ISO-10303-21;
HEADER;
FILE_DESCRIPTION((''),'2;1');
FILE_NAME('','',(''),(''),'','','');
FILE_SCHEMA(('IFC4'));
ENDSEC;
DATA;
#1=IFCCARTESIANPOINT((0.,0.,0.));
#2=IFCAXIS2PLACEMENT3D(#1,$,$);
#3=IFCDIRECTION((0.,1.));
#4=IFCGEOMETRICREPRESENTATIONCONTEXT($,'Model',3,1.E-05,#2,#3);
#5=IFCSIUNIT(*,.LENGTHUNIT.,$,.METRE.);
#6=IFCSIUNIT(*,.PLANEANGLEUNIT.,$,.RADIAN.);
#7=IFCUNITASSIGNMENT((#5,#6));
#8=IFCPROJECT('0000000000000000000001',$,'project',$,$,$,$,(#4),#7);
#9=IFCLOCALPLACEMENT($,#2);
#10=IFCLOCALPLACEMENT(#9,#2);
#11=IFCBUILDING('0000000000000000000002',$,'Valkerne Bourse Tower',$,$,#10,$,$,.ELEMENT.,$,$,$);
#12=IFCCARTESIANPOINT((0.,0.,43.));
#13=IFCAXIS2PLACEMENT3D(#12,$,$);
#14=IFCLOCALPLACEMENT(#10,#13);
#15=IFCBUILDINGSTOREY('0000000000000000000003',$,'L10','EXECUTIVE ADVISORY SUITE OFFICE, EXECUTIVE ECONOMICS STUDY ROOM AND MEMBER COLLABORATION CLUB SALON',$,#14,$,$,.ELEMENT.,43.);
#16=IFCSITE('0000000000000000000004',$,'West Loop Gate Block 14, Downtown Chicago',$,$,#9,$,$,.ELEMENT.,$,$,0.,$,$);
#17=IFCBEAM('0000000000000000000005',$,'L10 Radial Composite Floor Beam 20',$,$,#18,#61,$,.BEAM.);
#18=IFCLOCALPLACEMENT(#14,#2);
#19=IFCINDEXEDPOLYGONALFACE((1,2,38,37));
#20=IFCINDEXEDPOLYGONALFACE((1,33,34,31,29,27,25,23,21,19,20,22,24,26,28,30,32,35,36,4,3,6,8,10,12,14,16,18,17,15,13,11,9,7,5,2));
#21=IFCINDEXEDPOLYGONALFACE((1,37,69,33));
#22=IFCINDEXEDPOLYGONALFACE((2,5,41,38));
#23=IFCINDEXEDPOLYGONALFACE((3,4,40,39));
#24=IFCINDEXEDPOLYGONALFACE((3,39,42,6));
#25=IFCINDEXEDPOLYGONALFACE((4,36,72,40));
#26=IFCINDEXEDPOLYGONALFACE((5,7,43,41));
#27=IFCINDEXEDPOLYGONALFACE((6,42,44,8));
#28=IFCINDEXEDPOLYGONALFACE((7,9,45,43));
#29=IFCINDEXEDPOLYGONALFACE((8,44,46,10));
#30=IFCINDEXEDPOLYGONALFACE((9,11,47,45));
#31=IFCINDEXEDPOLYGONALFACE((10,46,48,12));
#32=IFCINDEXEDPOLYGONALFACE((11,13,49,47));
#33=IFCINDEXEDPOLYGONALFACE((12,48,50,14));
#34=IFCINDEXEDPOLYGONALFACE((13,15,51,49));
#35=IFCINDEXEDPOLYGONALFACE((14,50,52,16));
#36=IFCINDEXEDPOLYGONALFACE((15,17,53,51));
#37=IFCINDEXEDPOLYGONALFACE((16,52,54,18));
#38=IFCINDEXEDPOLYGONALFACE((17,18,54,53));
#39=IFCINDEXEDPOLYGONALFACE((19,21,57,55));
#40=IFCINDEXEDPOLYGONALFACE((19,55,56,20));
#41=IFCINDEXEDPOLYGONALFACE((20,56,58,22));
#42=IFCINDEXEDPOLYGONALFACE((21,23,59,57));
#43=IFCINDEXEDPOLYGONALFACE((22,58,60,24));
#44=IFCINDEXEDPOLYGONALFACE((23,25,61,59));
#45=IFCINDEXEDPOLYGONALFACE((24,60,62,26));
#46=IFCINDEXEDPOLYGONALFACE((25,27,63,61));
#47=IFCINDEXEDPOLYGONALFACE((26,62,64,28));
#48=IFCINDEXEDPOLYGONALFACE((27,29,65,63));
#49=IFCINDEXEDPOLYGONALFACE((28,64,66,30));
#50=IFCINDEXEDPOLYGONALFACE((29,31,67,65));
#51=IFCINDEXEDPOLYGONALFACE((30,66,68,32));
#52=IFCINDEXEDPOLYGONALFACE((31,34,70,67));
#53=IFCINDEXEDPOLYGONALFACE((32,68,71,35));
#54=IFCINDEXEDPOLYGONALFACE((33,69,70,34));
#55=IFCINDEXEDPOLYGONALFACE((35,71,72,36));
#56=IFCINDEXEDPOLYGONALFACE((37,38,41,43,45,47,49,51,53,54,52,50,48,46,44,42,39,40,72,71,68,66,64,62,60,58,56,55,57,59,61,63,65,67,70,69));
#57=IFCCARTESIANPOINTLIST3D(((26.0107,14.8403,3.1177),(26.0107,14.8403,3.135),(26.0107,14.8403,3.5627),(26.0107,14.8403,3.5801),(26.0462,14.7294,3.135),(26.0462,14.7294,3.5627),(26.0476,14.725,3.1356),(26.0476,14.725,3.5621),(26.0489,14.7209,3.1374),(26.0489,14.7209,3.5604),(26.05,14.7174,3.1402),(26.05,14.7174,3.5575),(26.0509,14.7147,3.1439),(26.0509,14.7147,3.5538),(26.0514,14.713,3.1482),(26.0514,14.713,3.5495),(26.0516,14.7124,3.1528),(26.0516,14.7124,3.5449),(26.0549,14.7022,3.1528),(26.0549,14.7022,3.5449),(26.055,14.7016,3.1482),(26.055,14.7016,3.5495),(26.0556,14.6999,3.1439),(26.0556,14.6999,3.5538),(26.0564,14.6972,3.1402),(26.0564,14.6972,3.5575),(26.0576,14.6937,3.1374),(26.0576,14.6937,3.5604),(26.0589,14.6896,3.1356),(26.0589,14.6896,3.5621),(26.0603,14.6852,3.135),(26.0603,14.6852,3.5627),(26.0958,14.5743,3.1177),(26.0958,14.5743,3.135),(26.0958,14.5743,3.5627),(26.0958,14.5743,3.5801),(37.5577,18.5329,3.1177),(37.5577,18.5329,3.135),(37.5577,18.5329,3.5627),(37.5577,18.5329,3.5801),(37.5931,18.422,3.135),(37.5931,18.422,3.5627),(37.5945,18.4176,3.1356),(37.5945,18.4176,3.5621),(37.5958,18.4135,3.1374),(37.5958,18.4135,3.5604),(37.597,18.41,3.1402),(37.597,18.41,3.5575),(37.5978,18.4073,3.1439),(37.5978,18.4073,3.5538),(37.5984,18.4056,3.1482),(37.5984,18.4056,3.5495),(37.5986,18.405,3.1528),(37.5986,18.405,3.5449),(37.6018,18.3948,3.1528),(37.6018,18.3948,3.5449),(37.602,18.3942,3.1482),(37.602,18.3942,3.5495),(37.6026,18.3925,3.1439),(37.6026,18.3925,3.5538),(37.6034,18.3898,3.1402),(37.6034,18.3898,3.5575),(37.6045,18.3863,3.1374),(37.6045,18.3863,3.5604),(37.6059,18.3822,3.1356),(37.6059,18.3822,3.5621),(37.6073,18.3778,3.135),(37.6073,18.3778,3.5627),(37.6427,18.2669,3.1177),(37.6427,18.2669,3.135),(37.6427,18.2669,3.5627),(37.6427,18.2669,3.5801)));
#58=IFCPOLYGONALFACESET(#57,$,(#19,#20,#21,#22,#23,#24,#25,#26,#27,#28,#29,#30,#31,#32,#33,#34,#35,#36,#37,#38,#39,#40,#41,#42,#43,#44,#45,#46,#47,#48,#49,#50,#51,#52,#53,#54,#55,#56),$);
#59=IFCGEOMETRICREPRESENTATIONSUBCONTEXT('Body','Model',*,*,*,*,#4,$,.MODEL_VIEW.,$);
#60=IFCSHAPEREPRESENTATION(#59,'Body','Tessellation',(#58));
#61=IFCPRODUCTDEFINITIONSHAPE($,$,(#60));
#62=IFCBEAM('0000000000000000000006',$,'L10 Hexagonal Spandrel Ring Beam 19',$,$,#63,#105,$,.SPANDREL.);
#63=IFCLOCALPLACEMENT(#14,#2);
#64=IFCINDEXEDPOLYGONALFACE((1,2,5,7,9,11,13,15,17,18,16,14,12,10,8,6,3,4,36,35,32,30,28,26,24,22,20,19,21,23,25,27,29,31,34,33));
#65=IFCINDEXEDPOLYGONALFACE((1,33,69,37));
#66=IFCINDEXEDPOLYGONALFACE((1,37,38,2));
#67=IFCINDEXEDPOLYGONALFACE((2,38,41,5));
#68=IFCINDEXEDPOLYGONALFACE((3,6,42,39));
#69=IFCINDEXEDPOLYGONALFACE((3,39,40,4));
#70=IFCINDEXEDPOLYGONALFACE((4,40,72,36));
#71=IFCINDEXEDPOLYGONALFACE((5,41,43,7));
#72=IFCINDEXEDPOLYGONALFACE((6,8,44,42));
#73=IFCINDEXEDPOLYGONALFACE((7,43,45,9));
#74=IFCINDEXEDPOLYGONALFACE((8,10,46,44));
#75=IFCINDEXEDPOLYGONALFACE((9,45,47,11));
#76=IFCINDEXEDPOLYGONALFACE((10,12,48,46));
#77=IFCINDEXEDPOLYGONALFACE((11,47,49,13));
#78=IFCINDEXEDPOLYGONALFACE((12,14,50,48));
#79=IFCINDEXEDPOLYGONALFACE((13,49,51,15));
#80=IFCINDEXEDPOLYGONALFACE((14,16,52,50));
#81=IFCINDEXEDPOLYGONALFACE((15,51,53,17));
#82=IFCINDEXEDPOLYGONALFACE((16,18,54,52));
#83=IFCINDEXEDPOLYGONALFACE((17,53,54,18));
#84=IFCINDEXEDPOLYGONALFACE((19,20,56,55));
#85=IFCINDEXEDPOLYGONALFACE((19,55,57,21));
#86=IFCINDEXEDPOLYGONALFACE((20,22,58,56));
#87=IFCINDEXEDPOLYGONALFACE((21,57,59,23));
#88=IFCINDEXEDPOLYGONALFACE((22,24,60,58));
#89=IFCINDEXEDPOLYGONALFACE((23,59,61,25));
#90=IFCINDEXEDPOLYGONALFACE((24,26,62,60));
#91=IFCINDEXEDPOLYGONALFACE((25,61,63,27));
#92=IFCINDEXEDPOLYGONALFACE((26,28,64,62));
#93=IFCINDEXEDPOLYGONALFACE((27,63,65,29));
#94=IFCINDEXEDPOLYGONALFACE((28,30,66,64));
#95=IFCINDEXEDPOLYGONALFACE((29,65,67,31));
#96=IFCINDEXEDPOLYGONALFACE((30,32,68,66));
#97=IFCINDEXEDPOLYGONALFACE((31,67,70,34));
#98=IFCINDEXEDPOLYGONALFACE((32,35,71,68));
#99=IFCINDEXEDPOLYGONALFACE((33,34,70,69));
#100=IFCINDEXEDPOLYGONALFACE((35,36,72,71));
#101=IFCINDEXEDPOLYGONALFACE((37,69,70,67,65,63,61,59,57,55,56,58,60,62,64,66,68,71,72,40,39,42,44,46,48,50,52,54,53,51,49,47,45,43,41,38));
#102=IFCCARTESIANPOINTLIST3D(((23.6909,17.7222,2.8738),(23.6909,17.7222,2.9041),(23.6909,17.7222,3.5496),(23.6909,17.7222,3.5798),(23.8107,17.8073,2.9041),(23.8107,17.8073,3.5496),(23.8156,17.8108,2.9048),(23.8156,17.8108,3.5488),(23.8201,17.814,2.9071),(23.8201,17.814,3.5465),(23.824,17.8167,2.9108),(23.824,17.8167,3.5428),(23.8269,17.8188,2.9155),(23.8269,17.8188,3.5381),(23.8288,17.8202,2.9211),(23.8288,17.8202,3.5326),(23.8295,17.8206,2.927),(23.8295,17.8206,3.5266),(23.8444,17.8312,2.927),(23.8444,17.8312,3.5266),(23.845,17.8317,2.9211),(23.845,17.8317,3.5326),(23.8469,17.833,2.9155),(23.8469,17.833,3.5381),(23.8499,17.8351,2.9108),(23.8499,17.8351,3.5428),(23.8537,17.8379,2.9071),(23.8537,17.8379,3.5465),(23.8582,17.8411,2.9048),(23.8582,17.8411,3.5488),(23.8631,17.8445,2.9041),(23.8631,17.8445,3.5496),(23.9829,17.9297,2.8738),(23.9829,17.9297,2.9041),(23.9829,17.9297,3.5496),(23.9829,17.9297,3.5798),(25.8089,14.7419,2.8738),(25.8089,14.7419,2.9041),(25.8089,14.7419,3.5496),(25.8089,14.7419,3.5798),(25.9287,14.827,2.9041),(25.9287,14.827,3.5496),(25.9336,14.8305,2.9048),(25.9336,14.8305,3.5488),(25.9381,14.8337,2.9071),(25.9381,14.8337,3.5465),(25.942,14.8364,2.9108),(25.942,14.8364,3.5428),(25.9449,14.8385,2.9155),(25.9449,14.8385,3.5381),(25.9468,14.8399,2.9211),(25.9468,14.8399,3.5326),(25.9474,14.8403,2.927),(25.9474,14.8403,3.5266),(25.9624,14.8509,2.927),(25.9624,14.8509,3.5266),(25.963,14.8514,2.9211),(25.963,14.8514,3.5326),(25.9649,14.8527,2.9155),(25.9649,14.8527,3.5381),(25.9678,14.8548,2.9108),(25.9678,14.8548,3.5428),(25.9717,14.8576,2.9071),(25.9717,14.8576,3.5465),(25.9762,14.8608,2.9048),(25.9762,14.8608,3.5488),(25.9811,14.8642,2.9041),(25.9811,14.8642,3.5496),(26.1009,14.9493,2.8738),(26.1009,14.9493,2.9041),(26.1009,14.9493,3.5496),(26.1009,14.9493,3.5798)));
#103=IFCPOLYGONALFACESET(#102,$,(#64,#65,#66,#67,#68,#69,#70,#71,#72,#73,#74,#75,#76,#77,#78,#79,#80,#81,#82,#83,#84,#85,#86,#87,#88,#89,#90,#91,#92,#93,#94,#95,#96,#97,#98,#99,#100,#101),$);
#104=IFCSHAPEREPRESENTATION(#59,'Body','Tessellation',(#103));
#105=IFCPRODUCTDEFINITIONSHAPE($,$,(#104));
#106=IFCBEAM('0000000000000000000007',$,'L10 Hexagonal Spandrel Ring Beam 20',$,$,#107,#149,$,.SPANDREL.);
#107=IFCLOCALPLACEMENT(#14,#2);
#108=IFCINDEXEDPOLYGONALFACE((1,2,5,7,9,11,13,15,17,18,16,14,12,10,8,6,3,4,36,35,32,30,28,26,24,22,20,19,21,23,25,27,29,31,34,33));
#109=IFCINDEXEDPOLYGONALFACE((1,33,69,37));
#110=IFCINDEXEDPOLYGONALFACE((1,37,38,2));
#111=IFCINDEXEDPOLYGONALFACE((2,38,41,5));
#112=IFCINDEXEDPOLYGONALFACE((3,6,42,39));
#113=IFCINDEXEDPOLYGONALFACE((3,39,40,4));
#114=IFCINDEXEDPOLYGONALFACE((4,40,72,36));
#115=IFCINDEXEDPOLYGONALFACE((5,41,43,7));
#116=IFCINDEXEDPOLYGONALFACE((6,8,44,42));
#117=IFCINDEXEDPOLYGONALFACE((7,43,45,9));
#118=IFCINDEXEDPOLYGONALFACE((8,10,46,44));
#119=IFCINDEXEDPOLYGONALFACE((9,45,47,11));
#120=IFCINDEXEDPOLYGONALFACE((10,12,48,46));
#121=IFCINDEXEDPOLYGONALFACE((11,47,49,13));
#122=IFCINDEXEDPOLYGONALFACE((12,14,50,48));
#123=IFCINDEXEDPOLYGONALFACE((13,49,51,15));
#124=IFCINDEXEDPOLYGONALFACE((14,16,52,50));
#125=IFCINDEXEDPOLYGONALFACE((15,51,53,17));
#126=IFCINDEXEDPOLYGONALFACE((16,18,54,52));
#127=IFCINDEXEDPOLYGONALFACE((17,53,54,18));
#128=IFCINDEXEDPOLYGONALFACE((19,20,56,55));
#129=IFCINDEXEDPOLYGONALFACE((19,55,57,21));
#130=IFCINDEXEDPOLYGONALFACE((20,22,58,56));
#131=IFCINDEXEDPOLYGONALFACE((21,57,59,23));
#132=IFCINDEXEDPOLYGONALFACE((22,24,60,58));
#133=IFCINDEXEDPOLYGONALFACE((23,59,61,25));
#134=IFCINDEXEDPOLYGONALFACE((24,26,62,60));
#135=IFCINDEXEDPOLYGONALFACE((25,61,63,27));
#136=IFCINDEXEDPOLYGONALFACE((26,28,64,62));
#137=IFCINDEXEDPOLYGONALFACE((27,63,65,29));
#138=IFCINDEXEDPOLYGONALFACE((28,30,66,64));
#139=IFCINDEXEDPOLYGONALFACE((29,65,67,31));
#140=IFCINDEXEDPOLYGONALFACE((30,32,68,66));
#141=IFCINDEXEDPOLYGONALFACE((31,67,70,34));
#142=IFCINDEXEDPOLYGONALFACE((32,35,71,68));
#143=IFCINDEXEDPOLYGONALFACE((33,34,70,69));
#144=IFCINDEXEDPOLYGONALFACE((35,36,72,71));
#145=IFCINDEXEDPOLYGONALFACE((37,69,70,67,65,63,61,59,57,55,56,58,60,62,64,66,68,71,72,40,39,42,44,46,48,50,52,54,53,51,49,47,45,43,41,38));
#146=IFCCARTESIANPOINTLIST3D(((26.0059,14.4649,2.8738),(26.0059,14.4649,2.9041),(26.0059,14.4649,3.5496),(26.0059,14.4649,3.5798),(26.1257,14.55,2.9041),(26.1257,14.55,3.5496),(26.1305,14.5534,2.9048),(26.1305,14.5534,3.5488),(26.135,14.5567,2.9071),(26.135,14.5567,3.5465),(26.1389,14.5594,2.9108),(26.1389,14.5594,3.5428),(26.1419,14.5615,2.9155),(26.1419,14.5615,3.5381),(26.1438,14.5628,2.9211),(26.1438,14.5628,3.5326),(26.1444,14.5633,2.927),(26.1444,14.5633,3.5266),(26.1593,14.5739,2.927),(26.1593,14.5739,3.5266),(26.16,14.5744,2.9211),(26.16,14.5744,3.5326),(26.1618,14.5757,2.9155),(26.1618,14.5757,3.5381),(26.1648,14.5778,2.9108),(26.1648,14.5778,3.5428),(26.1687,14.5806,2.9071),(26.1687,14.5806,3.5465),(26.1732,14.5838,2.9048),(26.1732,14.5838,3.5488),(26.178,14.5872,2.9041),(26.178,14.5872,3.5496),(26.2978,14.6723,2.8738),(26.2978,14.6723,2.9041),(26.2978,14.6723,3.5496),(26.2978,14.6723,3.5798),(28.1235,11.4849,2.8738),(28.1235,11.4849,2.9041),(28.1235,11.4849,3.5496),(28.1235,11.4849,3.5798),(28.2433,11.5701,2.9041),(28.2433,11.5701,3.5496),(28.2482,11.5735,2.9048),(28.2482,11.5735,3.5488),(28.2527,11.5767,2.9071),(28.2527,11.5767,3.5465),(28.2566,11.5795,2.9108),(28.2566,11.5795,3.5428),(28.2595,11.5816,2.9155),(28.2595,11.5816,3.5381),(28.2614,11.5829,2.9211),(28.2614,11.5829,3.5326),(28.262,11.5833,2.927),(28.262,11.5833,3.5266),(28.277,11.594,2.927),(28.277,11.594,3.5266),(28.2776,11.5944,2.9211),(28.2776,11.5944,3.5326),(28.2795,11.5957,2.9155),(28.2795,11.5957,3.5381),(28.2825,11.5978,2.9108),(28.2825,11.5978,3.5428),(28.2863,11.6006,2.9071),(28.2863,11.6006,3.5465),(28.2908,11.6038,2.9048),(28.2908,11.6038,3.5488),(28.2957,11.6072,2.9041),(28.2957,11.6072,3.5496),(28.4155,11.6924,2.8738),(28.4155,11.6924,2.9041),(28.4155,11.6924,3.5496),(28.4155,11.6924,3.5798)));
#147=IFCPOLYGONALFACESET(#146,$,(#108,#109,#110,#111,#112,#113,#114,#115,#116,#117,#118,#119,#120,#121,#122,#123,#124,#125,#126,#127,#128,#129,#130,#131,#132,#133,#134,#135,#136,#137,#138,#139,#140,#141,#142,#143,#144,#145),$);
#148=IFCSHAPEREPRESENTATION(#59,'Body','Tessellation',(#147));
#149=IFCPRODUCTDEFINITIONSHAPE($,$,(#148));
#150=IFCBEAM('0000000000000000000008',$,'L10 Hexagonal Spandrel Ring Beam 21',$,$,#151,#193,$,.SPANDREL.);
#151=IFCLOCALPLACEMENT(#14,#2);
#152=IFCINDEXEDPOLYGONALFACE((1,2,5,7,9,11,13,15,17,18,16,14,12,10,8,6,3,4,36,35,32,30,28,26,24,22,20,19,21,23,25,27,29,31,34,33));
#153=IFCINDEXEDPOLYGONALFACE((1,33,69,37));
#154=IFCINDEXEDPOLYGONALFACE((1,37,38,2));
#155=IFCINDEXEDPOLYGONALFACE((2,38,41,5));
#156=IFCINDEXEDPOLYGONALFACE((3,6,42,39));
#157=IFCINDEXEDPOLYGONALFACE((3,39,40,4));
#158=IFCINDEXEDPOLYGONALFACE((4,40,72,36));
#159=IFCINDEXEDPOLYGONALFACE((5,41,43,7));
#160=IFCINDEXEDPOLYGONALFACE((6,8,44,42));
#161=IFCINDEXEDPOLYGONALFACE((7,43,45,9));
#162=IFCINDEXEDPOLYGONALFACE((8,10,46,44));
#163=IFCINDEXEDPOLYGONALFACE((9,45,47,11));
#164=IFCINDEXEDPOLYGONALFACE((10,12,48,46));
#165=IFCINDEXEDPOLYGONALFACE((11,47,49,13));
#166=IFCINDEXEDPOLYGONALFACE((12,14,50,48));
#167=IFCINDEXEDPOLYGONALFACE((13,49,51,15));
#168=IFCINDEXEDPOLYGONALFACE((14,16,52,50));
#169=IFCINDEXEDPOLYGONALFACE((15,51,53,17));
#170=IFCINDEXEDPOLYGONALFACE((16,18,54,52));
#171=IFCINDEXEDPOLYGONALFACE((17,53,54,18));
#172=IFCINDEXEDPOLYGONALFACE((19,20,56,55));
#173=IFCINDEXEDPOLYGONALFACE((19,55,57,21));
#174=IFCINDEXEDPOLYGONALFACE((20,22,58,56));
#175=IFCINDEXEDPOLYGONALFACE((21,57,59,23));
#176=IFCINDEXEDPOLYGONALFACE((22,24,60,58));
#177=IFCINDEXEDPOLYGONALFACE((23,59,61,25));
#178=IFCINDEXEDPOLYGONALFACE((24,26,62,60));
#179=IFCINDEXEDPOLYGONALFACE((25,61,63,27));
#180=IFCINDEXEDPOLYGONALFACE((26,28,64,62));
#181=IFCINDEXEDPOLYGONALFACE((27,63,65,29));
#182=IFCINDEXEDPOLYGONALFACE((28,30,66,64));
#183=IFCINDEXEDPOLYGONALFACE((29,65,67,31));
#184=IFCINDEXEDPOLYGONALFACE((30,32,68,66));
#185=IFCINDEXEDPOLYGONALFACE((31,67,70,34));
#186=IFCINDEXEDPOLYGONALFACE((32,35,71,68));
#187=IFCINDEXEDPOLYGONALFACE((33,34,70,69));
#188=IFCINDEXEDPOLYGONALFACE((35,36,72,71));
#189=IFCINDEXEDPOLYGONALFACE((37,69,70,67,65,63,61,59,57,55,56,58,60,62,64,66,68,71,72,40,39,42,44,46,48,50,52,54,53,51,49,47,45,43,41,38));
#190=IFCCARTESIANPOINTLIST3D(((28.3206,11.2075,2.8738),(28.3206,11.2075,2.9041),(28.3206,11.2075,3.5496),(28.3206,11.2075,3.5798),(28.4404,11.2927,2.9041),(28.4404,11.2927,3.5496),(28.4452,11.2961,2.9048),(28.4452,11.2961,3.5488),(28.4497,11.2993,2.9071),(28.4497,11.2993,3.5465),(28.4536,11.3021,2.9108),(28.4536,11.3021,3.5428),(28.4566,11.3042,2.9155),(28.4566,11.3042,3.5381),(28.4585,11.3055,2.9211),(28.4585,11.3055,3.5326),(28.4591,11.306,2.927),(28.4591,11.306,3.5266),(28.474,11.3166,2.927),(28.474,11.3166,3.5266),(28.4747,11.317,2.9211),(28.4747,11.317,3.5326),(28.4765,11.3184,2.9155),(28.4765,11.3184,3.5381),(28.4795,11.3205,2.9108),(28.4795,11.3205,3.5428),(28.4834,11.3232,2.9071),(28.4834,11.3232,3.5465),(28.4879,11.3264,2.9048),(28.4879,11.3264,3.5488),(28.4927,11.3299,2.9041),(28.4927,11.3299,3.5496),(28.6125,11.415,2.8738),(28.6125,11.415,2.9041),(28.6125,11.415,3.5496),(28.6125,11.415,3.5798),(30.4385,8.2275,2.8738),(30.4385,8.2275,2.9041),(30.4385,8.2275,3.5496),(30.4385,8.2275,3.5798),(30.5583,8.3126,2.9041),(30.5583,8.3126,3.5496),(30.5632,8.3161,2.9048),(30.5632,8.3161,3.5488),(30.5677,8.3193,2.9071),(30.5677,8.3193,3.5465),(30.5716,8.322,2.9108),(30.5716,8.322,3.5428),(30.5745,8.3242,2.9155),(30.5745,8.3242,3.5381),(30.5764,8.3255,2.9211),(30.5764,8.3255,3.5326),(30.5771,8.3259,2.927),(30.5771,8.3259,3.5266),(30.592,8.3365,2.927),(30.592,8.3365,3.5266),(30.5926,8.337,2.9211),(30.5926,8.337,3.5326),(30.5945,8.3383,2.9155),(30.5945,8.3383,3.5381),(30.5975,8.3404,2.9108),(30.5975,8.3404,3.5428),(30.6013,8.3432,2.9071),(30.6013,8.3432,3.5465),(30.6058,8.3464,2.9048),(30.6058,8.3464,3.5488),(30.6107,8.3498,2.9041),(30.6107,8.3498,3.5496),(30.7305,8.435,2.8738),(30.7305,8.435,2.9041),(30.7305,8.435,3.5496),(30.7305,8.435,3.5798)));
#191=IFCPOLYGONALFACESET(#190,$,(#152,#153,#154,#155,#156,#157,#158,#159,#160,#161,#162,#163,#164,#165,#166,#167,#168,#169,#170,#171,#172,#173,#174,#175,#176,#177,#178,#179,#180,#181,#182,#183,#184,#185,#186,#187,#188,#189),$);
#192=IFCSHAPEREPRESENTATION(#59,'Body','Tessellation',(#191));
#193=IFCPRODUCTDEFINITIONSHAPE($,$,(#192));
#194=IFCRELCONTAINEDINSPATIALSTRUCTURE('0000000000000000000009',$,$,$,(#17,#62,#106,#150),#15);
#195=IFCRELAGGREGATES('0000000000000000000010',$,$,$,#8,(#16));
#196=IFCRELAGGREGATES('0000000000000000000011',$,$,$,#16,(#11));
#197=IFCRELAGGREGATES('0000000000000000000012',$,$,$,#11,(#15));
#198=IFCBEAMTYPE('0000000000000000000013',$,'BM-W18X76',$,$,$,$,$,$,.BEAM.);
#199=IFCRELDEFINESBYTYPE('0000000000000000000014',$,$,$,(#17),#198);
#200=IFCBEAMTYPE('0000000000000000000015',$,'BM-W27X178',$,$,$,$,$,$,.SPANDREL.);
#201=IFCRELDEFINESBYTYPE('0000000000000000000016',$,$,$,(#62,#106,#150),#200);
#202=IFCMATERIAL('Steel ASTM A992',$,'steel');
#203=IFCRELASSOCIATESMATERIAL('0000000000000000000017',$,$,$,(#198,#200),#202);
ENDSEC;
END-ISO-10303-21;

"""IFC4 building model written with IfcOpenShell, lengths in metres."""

from ifc_helpers import new_model, si_unit, direction, frame, origin, origin_2d, place, context, subcontext, project, spatial, i_section, extrude, material, material_profile, profile_set, type_object, element, save


model = new_model("IFC4")

# Units and contexts
model_context = context("Model", 3, precision=1e-05, world=origin(), true_north=direction((0.0, 1.0)))
body_context = subcontext(model_context, "Body", "Model", "MODEL_VIEW")
ifc_project = project(units=[si_unit("LENGTHUNIT", "METRE"), si_unit("PLANEANGLEUNIT", "RADIAN")], contexts=[model_context])

# Site, building, storey
site_placement = place(None, origin())
site = spatial("IfcSite", under=ifc_project, at=site_placement, Name="West Loop Gate Block 14, Downtown Chicago", CompositionType="ELEMENT", RefElevation=0.0)
building_placement = place(site_placement, origin())
building = spatial("IfcBuilding", under=site, at=building_placement, Name="Valkerne Bourse Tower", CompositionType="ELEMENT")
storey_placement = place(building_placement, frame((0.0, 0.0, 43.0)))
storey = spatial("IfcBuildingStorey", under=building, at=storey_placement, Name="L10", Description="EXECUTIVE ADVISORY SUITE OFFICE, EXECUTIVE ECONOMICS STUDY ROOM AND MEMBER COLLABORATION CLUB SALON", CompositionType="ELEMENT", Elevation=43.0)

# Beams
ifc_material_1 = material(Name="Steel ASTM A992", Category="steel")
ifc_material_profile_1 = material_profile(ifc_material_1, i_section(OverallWidth=0.2793, OverallDepth=0.4624, WebThickness=0.0107, FlangeThickness=0.0173, FilletRadius=0.0178, at=origin_2d()), Name="W18X76")
ifc_profile_set_1 = profile_set([ifc_material_profile_1], Name="Steel ASTM A992")
beam_type_1 = type_object("IfcBeamType", Name="BM-W18X76", PredefinedType="BEAM", material=ifc_profile_set_1)
beam_1_placement = place(storey_placement, frame((26.0532, 14.7073, 3.3489), z_axis=(0.952481, 0.304598, 0.0), x_axis=(-0.304598, 0.952481, 0.0)))
element("IfcBeam", 1, at=beam_1_placement, inside=storey, type_object=beam_type_1, Name="L10 Radial Composite Floor Beam 20", PredefinedType="BEAM", context=body_context, shape_type="SweptSolid", body=[
    extrude(i_section(OverallWidth=0.2793, OverallDepth=0.4624, WebThickness=0.0107, FlangeThickness=0.0173, FilletRadius=0.0178, at=origin_2d()), origin(), (0.0, 0.0, 1.0), 12.123),
])
ifc_material_profile_2 = material_profile(ifc_material_1, i_section(OverallWidth=0.3582, OverallDepth=0.7061, WebThickness=0.0183, FlangeThickness=0.0303, FilletRadius=0.0229, at=origin_2d()), Name="W27X178")
ifc_profile_set_2 = profile_set([ifc_material_profile_2], Name="Steel ASTM A992")
beam_type_2 = type_object("IfcBeamType", Name="BM-W27X178", PredefinedType="SPANDREL", material=ifc_profile_set_2)
beam_2_placement = place(storey_placement, frame((23.8369, 17.8259, 3.2268), z_axis=(0.579278, -0.81513, 0.0), x_axis=(0.81513, 0.579278, 0.0)))
element("IfcBeam", 2, at=beam_2_placement, inside=storey, type_object=beam_type_2, Name="L10 Hexagonal Spandrel Ring Beam 19", PredefinedType="SPANDREL", context=body_context, shape_type="SweptSolid", body=[
    extrude(i_section(OverallWidth=0.3582, OverallDepth=0.7061, WebThickness=0.0183, FlangeThickness=0.0303, FilletRadius=0.0229, at=origin_2d()), origin(), (0.0, 0.0, 1.0), 3.6562),
])
beam_3_placement = place(storey_placement, frame((26.1519, 14.5686, 3.2268), z_axis=(0.579266, -0.815139, 0.0), x_axis=(0.815139, 0.579266, 0.0)))
element("IfcBeam", 3, at=beam_3_placement, inside=storey, type_object=beam_type_2, Name="L10 Hexagonal Spandrel Ring Beam 20", PredefinedType="SPANDREL", context=body_context, shape_type="SweptSolid", body=[
    extrude(i_section(OverallWidth=0.3582, OverallDepth=0.7061, WebThickness=0.0183, FlangeThickness=0.0303, FilletRadius=0.0229, at=origin_2d()), origin(), (0.0, 0.0, 1.0), 3.6558),
])
beam_4_placement = place(storey_placement, frame((28.4666, 11.3113, 3.2268), z_axis=(0.57931, -0.815107, 0.0), x_axis=(0.815107, 0.57931, 0.0)))
element("IfcBeam", 4, at=beam_4_placement, inside=storey, type_object=beam_type_2, Name="L10 Hexagonal Spandrel Ring Beam 21", PredefinedType="SPANDREL", context=body_context, shape_type="SweptSolid", body=[
    extrude(i_section(OverallWidth=0.3582, OverallDepth=0.7061, WebThickness=0.0183, FlangeThickness=0.0303, FilletRadius=0.0229, at=origin_2d()), origin(), (0.0, 0.0, 1.0), 3.656),
])

save(model, "model.ifc")
